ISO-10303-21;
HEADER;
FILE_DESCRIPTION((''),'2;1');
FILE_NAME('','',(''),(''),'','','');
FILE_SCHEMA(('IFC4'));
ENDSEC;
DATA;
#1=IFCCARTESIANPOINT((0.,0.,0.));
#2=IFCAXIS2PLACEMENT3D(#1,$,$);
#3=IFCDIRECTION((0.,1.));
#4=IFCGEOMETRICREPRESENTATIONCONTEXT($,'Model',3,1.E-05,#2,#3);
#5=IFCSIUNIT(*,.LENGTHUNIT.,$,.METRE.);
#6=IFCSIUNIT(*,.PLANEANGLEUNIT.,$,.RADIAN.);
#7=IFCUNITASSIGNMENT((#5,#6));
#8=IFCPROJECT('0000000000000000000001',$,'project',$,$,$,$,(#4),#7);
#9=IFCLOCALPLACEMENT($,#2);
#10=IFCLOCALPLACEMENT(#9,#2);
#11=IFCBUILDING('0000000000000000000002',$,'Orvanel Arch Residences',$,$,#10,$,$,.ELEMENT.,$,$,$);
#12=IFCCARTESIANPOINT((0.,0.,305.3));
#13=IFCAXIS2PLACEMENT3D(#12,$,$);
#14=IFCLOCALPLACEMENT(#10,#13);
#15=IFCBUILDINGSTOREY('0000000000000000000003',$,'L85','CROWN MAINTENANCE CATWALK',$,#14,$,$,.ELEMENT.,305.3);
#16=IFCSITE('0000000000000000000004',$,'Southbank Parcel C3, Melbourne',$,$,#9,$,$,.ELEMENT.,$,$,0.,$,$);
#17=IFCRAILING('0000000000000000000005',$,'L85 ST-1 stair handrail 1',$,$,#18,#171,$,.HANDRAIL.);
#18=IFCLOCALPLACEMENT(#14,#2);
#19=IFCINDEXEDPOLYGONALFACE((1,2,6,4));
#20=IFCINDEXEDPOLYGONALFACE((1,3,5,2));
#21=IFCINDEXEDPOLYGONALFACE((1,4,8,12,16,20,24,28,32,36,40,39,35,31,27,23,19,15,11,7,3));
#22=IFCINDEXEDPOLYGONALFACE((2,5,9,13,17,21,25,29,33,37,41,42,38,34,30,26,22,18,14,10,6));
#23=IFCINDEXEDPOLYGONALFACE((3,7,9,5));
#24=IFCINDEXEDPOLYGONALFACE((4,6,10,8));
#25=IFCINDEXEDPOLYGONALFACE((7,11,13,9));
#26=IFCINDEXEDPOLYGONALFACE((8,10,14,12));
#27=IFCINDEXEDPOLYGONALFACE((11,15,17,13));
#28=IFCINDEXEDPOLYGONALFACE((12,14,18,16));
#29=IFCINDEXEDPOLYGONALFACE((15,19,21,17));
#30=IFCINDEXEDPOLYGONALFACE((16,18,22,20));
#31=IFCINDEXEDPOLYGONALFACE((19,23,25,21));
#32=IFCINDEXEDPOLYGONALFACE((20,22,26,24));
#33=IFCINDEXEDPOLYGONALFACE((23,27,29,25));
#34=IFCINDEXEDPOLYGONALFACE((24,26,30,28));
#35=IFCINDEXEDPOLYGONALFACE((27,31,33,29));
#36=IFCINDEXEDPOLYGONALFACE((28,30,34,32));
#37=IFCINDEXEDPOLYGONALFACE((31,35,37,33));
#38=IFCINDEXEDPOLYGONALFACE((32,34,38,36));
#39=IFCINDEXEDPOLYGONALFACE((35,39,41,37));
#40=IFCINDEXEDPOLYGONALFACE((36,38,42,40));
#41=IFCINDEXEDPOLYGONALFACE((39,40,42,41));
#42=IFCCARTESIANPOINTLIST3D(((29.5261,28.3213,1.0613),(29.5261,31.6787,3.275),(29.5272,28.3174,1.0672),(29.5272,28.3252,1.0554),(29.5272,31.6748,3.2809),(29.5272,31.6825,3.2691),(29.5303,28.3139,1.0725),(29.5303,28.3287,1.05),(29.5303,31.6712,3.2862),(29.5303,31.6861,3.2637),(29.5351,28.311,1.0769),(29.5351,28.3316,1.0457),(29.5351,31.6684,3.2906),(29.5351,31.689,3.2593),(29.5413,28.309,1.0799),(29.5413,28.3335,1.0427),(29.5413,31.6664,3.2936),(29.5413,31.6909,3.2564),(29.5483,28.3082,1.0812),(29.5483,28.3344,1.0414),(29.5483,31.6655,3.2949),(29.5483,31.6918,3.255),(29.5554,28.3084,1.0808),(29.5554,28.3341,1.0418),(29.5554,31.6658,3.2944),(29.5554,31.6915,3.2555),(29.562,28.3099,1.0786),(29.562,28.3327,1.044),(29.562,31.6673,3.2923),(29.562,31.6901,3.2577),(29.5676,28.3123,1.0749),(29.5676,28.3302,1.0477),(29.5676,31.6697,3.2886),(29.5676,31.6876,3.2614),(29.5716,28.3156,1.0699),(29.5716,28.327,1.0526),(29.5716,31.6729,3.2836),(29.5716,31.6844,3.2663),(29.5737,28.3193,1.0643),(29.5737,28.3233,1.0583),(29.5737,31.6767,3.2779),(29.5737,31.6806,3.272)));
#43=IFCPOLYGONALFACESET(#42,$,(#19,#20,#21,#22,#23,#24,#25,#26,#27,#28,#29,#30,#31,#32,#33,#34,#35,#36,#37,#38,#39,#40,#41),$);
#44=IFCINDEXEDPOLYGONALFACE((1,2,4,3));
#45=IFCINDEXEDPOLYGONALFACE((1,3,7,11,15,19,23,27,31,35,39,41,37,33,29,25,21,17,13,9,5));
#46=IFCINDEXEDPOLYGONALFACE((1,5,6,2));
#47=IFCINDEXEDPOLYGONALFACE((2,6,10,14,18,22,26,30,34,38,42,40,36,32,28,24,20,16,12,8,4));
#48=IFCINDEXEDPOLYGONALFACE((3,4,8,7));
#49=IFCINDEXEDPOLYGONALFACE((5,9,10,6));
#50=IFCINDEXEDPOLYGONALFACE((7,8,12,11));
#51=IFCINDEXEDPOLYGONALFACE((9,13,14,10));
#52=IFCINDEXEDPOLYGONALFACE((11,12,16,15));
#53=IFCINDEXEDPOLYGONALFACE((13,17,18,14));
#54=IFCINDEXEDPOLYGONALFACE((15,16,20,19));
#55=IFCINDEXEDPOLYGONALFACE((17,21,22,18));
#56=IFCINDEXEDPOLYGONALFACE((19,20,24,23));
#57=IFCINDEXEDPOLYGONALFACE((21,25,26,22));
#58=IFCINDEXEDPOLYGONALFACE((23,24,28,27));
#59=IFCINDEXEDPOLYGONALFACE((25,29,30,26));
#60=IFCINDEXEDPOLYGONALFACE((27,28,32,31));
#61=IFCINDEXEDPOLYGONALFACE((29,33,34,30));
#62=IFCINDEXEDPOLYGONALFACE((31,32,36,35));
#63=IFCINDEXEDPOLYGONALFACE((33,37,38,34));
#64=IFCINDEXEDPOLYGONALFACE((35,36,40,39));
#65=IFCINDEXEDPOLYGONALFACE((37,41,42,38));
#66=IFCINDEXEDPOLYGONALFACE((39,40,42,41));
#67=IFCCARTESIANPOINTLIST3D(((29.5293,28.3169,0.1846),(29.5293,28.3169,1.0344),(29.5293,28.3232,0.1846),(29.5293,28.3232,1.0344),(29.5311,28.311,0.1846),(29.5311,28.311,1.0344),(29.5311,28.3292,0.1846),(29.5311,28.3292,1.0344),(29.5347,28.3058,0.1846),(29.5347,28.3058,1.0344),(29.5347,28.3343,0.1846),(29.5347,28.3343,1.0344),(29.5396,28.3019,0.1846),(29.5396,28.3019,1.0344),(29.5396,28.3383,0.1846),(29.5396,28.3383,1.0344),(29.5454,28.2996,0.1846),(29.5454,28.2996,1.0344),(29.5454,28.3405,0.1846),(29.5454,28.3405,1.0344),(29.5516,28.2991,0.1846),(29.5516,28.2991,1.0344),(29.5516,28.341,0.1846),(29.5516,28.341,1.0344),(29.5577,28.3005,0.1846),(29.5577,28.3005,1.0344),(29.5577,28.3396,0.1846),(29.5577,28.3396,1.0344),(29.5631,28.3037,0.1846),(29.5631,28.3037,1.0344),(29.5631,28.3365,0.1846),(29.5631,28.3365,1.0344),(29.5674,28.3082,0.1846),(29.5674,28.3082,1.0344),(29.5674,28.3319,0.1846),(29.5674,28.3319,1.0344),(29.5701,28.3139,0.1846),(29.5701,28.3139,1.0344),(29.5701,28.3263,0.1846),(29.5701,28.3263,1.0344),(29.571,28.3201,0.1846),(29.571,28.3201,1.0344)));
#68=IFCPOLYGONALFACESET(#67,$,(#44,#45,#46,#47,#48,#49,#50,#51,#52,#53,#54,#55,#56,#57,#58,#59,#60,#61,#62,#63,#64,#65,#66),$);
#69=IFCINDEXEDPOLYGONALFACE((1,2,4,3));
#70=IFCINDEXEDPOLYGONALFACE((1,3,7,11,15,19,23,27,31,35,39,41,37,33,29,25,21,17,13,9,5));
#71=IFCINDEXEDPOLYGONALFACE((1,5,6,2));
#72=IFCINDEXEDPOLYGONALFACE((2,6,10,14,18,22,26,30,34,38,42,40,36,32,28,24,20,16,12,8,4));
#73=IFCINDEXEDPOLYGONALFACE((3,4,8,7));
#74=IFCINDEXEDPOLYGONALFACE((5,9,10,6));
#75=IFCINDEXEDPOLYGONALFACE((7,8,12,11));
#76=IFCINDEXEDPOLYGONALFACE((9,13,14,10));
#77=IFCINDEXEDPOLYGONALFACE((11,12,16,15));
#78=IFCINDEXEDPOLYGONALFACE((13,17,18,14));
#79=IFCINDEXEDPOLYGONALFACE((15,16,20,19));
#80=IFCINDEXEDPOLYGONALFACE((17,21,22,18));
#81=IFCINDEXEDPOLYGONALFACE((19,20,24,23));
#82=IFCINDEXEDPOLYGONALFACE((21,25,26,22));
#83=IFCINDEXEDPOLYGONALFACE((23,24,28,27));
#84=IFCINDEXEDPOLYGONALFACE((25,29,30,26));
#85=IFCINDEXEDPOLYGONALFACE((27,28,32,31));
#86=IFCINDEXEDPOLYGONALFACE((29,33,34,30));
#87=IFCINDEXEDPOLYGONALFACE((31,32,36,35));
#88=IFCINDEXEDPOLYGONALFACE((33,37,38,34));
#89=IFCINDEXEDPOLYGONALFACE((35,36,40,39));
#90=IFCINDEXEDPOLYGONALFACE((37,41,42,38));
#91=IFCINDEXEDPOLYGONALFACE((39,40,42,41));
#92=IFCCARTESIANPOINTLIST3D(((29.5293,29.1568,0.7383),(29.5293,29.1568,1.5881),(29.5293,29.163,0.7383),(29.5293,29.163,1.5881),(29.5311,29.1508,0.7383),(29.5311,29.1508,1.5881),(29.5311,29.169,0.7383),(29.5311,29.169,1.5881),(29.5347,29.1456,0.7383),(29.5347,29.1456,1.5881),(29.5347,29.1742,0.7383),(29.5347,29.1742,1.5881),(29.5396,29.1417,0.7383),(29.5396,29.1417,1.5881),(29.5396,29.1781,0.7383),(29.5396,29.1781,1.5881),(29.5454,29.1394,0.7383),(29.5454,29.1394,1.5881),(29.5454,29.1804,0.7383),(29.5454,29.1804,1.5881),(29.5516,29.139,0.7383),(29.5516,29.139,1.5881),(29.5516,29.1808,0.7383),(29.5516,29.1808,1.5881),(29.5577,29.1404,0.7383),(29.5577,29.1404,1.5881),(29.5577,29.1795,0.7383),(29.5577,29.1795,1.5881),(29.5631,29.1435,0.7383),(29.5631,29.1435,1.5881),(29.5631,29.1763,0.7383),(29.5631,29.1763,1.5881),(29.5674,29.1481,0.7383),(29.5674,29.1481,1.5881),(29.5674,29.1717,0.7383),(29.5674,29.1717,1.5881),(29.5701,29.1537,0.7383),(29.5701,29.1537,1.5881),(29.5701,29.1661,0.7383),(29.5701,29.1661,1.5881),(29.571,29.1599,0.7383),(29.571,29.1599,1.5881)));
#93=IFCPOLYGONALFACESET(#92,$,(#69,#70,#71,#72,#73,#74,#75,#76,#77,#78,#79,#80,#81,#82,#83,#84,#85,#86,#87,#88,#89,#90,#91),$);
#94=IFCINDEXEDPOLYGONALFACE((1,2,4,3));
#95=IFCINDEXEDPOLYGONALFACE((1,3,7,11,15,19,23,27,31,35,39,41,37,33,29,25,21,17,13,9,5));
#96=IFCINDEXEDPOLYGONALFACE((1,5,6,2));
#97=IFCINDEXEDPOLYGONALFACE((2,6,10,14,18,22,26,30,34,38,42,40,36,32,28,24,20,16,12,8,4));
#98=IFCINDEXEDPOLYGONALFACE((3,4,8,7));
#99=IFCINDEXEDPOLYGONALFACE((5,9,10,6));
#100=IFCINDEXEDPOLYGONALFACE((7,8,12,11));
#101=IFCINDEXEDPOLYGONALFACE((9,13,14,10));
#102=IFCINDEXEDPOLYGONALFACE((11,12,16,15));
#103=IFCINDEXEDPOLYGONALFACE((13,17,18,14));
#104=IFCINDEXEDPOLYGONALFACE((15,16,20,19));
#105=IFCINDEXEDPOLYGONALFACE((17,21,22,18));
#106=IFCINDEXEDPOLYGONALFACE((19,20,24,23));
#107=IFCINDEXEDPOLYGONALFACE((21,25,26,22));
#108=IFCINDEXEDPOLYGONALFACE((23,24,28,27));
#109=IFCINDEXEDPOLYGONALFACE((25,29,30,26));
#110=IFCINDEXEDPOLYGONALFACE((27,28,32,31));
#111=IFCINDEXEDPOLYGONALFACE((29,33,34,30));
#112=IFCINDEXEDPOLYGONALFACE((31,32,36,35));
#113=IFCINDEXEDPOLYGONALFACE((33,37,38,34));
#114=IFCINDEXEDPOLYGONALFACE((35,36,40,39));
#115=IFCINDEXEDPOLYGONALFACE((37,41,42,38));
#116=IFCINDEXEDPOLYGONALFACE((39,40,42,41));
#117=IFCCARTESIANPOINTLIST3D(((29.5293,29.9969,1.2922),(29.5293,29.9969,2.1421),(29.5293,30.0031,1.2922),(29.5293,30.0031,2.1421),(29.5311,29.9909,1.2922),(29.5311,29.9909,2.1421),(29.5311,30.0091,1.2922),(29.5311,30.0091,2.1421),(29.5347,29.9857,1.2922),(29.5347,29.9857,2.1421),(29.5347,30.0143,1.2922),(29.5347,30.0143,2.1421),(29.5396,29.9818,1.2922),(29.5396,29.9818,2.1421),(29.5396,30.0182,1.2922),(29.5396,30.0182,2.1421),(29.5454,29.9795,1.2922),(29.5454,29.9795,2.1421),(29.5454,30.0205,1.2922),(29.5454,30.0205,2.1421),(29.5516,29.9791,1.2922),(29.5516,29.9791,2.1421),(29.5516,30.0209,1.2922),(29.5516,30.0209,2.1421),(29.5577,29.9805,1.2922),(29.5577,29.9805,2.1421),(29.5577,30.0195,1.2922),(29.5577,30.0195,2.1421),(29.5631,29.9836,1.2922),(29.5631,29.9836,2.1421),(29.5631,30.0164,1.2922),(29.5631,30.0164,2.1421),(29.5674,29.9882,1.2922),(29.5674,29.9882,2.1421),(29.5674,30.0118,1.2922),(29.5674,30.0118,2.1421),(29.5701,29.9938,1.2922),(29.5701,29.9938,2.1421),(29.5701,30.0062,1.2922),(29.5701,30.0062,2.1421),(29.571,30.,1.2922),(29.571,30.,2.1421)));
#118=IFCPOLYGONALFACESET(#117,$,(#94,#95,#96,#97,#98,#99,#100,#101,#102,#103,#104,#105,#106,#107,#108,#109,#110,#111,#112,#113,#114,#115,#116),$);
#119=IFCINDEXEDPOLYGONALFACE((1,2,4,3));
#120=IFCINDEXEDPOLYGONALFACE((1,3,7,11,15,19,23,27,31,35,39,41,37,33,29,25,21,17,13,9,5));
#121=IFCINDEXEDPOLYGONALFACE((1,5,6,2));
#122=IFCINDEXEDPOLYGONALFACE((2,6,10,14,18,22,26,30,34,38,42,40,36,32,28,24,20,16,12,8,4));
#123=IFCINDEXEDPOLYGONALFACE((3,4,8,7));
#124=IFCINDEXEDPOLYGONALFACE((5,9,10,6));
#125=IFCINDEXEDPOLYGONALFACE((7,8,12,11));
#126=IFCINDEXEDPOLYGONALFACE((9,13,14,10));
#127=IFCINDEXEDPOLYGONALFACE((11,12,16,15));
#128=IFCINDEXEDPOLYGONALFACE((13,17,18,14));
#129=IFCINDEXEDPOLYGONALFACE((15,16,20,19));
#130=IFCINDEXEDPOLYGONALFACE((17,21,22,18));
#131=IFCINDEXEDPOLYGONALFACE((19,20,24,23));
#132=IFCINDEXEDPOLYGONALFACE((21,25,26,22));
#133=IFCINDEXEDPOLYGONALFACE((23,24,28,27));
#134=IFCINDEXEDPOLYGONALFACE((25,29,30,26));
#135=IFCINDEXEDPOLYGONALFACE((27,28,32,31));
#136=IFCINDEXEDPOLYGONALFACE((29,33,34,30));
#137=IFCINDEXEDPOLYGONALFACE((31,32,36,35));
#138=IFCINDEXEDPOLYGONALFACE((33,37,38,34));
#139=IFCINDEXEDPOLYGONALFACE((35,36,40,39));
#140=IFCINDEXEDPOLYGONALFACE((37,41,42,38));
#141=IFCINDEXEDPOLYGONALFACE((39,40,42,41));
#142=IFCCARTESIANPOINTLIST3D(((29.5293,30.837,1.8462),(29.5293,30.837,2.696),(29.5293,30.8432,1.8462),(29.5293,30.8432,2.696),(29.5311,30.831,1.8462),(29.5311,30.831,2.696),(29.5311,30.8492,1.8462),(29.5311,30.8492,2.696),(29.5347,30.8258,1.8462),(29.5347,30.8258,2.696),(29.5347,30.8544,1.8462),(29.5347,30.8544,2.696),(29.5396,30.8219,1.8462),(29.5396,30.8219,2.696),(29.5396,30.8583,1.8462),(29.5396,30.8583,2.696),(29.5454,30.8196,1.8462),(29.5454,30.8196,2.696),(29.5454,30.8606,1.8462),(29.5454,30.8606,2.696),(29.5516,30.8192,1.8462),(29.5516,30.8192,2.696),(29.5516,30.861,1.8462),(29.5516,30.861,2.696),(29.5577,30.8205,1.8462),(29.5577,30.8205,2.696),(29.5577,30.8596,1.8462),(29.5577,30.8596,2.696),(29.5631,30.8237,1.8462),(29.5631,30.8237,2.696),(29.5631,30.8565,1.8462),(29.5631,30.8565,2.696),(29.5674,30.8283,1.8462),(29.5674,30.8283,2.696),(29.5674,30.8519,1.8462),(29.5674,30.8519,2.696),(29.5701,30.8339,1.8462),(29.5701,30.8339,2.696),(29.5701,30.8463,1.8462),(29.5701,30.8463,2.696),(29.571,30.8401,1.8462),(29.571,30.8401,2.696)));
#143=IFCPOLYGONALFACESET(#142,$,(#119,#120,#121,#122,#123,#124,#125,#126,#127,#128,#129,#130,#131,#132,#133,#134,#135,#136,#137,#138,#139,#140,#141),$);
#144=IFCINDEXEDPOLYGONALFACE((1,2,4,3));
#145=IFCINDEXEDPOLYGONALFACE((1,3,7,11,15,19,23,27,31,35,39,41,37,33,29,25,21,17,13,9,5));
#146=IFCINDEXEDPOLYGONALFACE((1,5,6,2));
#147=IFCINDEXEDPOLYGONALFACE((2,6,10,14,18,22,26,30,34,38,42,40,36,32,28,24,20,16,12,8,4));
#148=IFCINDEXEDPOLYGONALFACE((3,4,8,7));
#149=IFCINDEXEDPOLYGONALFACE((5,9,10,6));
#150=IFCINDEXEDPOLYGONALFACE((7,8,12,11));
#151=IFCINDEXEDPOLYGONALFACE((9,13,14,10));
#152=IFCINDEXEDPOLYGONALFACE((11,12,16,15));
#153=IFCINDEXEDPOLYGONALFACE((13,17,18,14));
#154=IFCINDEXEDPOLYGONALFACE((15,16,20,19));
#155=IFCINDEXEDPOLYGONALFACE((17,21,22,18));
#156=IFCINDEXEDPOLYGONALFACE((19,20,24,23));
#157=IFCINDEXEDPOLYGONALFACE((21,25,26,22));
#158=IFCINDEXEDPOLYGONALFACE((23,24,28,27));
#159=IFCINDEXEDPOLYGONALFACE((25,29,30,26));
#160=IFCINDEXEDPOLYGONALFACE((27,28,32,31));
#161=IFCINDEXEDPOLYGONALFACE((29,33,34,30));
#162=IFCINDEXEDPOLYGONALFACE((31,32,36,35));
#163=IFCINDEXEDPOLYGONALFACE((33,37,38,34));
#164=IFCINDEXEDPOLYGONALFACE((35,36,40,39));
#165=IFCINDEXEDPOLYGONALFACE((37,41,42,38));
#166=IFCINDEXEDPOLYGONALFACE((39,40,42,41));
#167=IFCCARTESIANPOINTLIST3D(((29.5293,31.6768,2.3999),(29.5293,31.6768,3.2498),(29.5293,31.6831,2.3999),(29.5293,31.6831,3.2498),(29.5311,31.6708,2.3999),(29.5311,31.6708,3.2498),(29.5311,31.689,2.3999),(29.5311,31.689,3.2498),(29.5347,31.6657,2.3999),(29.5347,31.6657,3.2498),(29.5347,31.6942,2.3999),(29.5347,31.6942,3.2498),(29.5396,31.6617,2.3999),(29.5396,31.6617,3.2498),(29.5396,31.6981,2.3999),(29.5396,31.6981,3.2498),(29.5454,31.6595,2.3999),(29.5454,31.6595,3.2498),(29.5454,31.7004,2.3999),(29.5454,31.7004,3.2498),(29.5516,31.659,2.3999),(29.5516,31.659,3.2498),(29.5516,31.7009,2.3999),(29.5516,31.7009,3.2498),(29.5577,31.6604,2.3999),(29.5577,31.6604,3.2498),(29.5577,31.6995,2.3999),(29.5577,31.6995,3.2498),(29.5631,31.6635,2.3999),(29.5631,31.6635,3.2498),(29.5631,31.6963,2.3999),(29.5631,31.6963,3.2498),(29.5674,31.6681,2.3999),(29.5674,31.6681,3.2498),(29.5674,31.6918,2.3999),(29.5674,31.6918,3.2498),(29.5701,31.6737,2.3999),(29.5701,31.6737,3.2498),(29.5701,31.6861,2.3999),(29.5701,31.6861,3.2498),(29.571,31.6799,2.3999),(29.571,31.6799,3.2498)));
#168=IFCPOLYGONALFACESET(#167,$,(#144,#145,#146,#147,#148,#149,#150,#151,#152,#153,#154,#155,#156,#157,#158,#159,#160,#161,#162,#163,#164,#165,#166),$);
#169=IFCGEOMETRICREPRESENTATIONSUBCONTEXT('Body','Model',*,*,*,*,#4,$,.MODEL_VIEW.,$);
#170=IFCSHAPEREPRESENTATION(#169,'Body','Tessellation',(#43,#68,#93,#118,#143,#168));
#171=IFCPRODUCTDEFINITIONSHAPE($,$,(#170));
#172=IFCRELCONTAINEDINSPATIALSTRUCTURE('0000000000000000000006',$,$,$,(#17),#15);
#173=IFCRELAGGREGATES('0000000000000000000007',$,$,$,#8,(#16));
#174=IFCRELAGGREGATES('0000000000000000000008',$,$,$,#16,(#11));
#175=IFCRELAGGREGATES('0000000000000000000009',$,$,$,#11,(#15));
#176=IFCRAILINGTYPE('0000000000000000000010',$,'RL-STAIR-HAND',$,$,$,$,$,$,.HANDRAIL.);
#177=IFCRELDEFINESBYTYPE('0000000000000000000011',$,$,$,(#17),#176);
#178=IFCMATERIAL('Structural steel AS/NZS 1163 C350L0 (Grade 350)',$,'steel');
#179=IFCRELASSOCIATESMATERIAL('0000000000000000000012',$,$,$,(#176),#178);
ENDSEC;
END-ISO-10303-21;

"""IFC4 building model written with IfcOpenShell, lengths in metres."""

from ifc_helpers import new_model, si_unit, direction, frame, origin, origin_2d, place, context, subcontext, project, spatial, circle, extrude, material, type_object, element, save


model = new_model("IFC4")

# Units and contexts
model_context = context("Model", 3, precision=1e-05, world=origin(), true_north=direction((0.0, 1.0)))
body_context = subcontext(model_context, "Body", "Model", "MODEL_VIEW")
ifc_project = project(units=[si_unit("LENGTHUNIT", "METRE"), si_unit("PLANEANGLEUNIT", "RADIAN")], contexts=[model_context])

# Site, building, storey
site_placement = place(None, origin())
site = spatial("IfcSite", under=ifc_project, at=site_placement, Name="Southbank Parcel C3, Melbourne", CompositionType="ELEMENT", RefElevation=0.0)
building_placement = place(site_placement, origin())
building = spatial("IfcBuilding", under=site, at=building_placement, Name="Orvanel Arch Residences", CompositionType="ELEMENT")
storey_placement = place(building_placement, frame((0.0, 0.0, 305.3)))
storey = spatial("IfcBuildingStorey", under=building, at=storey_placement, Name="L85", Description="CROWN MAINTENANCE CATWALK", CompositionType="ELEMENT", Elevation=305.3)

# Shared definitions
ifc_material_1 = material(Name="Structural steel AS/NZS 1163 C350L0 (Grade 350)", Category="steel")

# Railing
railing_type_1 = type_object("IfcRailingType", Name="RL-STAIR-HAND", PredefinedType="HANDRAIL", material=ifc_material_1)
railing_1_placement = place(storey_placement, frame((29.55, 28.3201, 0.1846)))
element("IfcRailing", 1, at=railing_1_placement, inside=storey, type_object=railing_type_1, Name="L85 ST-1 stair handrail 1", PredefinedType="HANDRAIL", context=body_context, shape_type="SweptSolid", body=[
    extrude(circle(Radius=0.0239, at=origin_2d()), frame((0.0, 0.0012, 0.8767), z_axis=(0.0, 0.834858, 0.550465), x_axis=(-1.0, 0.0, 0.0)), (0.0, 0.0, 1.0), 4.0215),
    extrude(circle(Radius=0.021, at=origin_2d()), origin(), (0.0, 0.0, 1.0), 0.8499),
    extrude(circle(Radius=0.021, at=origin_2d()), frame((0.0, 0.8398, 0.5537)), (0.0, 0.0, 1.0), 0.8499),
    extrude(circle(Radius=0.021, at=origin_2d()), frame((0.0, 1.6799, 1.1077)), (0.0, 0.0, 1.0), 0.8499),
    extrude(circle(Radius=0.021, at=origin_2d()), frame((0.0, 2.52, 1.6616)), (0.0, 0.0, 1.0), 0.8499),
    extrude(circle(Radius=0.021, at=origin_2d()), frame((0.0, 3.3599, 2.2153)), (0.0, 0.0, 1.0), 0.8499),
])

save(model, "model.ifc")
